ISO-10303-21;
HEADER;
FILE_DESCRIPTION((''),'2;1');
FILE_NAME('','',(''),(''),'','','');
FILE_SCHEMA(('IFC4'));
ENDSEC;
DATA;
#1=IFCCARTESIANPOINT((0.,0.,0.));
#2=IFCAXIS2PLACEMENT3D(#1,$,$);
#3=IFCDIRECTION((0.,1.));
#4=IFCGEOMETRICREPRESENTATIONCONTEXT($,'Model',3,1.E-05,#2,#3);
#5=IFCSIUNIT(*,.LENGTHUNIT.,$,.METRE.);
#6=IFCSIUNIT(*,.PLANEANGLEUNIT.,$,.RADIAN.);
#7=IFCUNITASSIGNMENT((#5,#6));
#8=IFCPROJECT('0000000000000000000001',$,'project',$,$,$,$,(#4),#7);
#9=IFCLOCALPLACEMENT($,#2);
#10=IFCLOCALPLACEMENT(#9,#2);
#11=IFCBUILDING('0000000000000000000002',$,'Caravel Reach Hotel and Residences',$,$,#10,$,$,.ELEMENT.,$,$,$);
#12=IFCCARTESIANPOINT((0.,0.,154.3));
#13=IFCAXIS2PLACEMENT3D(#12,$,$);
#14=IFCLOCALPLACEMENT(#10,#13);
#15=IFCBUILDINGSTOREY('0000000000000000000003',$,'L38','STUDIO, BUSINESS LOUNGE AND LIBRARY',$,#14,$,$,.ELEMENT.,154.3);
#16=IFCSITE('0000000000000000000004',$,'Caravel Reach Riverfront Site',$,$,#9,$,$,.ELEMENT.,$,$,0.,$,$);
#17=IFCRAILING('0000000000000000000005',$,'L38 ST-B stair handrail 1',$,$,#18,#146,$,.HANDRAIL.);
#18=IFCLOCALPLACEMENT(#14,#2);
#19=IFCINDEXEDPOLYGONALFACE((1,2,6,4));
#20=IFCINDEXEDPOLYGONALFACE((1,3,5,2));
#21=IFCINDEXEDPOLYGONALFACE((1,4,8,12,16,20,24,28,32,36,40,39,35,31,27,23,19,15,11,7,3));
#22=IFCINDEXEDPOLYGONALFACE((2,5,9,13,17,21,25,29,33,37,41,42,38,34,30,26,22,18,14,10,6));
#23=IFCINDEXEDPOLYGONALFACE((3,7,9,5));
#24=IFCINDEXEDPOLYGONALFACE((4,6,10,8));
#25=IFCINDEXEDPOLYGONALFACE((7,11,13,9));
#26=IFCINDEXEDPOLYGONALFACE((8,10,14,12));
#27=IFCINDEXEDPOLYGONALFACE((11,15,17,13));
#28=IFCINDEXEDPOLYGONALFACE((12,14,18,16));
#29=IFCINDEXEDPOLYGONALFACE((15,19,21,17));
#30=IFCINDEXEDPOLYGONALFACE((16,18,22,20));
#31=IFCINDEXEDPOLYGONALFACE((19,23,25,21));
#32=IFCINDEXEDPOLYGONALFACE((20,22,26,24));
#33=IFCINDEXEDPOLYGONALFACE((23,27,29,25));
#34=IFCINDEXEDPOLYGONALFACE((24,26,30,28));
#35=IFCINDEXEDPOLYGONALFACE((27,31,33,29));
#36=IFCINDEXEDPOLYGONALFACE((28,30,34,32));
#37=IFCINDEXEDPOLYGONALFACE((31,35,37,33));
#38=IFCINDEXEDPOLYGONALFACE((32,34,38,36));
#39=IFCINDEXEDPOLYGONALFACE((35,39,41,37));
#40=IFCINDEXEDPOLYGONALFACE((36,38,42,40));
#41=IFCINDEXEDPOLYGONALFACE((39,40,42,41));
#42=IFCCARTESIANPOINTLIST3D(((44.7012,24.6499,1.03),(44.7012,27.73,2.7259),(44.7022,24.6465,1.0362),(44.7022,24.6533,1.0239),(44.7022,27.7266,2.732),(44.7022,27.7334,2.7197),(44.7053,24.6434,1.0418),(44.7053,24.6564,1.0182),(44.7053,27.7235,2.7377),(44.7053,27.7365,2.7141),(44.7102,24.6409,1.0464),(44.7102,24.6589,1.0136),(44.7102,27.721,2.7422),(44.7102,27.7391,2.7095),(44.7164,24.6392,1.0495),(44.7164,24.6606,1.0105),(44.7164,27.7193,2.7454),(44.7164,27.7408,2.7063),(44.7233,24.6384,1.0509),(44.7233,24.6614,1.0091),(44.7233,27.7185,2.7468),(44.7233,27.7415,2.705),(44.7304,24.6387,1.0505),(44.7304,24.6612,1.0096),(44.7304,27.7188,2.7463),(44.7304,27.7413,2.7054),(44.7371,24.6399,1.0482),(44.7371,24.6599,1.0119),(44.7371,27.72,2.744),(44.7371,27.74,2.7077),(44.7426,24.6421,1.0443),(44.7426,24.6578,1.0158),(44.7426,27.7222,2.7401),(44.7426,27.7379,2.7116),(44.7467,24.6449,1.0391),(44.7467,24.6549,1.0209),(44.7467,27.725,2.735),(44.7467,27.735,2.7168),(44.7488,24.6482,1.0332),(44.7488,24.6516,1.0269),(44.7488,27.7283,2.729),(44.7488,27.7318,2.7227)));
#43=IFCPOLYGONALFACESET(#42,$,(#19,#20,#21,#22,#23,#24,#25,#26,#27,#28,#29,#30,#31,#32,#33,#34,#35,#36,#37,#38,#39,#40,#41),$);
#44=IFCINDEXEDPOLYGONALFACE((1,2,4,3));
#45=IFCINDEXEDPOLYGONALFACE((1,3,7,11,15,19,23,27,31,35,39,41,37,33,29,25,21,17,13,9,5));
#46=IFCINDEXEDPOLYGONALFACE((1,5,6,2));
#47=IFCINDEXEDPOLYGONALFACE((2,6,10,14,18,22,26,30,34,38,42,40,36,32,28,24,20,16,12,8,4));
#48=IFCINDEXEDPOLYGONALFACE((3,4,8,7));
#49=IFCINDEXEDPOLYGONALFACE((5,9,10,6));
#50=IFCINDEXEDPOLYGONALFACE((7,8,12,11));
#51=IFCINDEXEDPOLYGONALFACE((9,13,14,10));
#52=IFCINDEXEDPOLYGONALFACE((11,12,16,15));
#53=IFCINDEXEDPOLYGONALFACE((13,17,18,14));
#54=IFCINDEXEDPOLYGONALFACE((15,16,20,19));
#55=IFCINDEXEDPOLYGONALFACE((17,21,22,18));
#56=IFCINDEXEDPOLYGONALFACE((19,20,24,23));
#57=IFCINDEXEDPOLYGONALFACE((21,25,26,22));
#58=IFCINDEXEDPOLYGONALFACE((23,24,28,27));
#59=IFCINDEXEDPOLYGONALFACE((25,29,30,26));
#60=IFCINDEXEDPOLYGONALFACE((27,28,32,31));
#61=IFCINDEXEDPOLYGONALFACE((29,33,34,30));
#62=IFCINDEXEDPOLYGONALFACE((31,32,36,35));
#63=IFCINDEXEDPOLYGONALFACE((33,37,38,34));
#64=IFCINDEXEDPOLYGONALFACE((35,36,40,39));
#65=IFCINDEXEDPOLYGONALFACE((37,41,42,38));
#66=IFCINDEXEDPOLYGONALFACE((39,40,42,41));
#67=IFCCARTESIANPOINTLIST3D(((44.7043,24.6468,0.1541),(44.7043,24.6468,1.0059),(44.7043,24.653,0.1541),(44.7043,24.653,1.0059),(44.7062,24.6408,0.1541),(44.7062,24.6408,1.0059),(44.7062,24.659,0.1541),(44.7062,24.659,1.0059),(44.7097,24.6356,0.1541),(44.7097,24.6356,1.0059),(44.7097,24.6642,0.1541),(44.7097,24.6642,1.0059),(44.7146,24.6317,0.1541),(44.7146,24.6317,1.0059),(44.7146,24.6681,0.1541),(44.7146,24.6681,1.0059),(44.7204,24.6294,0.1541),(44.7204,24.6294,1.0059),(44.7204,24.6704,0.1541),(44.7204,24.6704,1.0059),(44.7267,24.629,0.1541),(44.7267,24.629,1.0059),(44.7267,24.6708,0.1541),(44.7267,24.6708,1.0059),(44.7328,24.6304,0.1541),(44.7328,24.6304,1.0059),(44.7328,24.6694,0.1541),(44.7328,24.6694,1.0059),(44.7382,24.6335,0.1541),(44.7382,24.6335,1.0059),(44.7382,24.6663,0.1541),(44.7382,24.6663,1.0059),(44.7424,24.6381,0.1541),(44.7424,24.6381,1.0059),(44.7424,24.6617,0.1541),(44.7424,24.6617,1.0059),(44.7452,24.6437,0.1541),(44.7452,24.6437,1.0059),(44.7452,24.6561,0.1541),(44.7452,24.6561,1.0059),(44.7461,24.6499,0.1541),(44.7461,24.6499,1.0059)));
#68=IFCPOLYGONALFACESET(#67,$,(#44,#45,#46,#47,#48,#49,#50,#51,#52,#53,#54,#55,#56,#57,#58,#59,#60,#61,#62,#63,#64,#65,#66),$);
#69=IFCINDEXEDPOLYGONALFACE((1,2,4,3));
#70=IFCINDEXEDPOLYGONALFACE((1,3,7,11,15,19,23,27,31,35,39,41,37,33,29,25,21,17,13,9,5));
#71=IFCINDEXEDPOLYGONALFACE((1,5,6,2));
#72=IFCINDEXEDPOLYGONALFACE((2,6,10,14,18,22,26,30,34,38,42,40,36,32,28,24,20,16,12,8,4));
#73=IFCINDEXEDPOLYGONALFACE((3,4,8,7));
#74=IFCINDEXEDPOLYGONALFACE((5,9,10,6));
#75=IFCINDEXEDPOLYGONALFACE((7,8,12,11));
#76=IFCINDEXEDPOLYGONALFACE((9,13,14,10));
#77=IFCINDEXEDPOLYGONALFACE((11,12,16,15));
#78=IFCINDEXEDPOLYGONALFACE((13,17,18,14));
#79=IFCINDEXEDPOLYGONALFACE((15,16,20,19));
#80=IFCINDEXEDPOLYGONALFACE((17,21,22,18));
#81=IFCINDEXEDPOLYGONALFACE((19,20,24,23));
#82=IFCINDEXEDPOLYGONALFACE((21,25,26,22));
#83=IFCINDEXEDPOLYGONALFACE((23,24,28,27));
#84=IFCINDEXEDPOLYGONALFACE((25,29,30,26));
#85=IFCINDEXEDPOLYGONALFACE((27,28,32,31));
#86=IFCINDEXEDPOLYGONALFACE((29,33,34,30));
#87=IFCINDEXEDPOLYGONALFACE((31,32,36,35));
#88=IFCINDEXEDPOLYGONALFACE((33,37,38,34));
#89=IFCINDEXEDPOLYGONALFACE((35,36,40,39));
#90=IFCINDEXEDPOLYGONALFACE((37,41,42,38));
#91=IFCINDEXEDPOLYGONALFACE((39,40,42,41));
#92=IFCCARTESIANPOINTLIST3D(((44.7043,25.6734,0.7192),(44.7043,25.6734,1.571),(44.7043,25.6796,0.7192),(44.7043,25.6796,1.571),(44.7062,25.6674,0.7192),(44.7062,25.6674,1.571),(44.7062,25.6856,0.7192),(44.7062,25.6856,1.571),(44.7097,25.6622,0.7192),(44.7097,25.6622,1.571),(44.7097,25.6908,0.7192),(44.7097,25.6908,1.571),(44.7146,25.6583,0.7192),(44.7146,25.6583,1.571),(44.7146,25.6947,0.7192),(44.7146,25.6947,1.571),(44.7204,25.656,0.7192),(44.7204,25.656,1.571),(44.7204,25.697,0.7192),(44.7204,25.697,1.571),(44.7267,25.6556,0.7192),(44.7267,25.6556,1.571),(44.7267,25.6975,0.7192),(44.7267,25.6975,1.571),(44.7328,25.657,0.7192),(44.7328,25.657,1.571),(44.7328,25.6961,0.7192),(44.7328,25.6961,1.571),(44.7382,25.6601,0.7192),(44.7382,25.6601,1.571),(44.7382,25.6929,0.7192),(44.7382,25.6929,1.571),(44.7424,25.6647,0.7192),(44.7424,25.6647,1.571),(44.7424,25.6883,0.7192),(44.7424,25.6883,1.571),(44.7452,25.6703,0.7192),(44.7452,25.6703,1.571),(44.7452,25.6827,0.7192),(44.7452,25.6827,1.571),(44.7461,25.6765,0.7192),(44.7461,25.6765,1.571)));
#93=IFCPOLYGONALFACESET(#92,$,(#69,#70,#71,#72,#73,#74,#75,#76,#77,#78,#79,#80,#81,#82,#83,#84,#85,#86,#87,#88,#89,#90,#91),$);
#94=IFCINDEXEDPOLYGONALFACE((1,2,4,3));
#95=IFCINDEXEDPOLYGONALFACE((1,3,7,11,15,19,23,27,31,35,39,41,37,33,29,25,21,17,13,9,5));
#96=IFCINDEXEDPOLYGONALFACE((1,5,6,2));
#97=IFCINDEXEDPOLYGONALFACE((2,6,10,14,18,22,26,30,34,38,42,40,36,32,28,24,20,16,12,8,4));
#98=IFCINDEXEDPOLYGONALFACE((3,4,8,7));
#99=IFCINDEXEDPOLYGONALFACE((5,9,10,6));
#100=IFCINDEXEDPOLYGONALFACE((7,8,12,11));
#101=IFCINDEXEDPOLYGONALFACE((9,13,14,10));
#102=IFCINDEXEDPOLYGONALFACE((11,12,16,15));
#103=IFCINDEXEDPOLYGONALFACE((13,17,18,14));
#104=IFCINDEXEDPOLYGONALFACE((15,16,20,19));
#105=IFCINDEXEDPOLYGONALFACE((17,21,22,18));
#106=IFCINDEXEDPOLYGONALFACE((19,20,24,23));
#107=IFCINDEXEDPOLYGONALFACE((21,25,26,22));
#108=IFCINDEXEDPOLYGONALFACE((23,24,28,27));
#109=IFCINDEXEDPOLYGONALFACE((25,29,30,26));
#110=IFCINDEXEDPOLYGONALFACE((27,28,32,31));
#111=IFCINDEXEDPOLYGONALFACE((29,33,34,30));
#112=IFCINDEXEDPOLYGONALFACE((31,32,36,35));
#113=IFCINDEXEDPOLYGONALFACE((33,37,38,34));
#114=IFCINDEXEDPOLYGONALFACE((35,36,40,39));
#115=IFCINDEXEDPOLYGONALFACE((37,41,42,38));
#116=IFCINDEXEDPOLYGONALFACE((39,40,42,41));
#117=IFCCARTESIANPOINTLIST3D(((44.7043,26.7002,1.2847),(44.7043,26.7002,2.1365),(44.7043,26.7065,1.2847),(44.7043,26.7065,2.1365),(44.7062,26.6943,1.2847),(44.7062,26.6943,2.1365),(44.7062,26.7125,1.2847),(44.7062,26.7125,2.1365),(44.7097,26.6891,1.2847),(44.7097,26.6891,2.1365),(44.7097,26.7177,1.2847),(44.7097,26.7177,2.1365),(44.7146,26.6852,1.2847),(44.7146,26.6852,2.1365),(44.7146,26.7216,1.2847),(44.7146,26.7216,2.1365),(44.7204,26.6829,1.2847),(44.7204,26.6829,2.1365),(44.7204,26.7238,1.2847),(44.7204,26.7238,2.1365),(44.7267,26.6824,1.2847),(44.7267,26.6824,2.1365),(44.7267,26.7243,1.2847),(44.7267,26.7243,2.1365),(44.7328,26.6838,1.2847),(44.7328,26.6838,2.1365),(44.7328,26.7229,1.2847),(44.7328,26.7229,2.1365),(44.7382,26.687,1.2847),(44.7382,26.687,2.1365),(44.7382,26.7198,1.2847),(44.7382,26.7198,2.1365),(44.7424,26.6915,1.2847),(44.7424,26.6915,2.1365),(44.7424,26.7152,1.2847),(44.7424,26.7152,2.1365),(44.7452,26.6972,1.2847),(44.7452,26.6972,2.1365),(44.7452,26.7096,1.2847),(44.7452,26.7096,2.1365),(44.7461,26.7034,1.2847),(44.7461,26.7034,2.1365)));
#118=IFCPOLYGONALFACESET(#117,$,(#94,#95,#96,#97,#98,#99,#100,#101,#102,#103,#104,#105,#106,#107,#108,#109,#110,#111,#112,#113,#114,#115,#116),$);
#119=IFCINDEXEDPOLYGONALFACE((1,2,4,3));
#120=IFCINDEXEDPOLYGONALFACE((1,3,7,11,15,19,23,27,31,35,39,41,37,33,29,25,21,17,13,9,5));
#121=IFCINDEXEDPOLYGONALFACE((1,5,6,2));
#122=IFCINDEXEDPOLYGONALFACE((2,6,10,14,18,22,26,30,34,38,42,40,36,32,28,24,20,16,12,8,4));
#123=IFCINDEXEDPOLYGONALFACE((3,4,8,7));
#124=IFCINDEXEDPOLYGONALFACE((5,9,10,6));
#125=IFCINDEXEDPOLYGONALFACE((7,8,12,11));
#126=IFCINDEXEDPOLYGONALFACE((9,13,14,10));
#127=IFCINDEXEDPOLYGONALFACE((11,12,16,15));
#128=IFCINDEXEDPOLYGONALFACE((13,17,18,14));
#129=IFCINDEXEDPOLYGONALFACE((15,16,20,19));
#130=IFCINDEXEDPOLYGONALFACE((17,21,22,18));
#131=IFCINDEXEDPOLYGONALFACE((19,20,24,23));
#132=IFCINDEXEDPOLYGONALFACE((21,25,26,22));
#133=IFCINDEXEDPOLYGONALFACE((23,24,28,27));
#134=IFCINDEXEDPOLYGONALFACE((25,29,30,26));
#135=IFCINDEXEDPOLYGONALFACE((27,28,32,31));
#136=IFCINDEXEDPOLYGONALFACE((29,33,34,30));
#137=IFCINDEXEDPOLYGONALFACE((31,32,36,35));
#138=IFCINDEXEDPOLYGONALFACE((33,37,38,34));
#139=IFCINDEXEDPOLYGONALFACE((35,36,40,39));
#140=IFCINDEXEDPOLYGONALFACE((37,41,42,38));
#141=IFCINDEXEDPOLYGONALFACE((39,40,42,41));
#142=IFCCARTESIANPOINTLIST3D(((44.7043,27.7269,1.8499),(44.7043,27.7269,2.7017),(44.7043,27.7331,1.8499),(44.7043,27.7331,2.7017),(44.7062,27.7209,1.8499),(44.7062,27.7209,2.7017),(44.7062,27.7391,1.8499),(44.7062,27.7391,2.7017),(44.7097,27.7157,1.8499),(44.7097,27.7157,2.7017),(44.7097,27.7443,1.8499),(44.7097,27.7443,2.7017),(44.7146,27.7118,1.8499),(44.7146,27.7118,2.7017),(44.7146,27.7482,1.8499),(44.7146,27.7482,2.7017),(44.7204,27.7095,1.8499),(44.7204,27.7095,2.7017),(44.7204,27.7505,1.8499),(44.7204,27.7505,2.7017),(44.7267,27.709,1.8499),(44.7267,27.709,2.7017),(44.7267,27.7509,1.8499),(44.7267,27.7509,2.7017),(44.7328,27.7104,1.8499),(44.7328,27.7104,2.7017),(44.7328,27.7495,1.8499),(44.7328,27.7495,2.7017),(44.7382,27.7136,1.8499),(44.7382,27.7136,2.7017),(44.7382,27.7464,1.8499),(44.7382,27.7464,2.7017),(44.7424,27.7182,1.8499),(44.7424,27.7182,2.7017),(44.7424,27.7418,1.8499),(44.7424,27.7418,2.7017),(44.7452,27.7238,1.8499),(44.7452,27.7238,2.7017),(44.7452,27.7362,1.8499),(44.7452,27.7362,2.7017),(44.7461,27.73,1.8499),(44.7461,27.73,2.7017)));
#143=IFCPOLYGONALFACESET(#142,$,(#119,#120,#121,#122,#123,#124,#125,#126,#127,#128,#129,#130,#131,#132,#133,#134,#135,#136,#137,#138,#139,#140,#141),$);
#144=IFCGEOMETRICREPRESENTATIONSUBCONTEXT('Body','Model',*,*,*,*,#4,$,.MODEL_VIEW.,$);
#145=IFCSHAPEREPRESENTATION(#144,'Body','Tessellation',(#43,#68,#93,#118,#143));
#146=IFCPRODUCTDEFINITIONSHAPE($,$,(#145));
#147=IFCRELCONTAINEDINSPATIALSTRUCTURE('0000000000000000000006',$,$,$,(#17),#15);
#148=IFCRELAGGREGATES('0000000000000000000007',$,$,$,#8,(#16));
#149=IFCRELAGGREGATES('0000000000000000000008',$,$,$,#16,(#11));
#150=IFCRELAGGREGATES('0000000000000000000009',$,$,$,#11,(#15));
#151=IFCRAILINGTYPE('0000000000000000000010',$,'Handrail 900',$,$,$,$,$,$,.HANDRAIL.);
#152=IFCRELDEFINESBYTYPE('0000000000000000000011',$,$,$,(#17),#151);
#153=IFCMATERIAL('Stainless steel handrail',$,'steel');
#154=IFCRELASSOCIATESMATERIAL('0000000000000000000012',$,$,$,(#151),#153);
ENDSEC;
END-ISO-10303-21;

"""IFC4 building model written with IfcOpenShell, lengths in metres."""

from ifc_helpers import new_model, si_unit, direction, frame, origin, origin_2d, place, context, subcontext, project, spatial, circle, extrude, material, type_object, element, save


model = new_model("IFC4")

# Units and contexts
model_context = context("Model", 3, precision=1e-05, world=origin(), true_north=direction((0.0, 1.0)))
body_context = subcontext(model_context, "Body", "Model", "MODEL_VIEW")
ifc_project = project(units=[si_unit("LENGTHUNIT", "METRE"), si_unit("PLANEANGLEUNIT", "RADIAN")], contexts=[model_context])

# Site, building, storey
site_placement = place(None, origin())
site = spatial("IfcSite", under=ifc_project, at=site_placement, Name="Caravel Reach Riverfront Site", CompositionType="ELEMENT", RefElevation=0.0)
building_placement = place(site_placement, origin())
building = spatial("IfcBuilding", under=site, at=building_placement, Name="Caravel Reach Hotel and Residences", CompositionType="ELEMENT")
storey_placement = place(building_placement, frame((0.0, 0.0, 154.3)))
storey = spatial("IfcBuildingStorey", under=building, at=storey_placement, Name="L38", Description="STUDIO, BUSINESS LOUNGE AND LIBRARY", CompositionType="ELEMENT", Elevation=154.3)

# Railing
ifc_material_1 = material(Name="Stainless steel handrail", Category="steel")
railing_type_1 = type_object("IfcRailingType", Name="Handrail 900", PredefinedType="HANDRAIL", material=ifc_material_1)
railing_1_placement = place(storey_placement, frame((44.7251, 24.6499, 0.1541)))
element("IfcRailing", 1, at=railing_1_placement, inside=storey, type_object=railing_type_1, Name="L38 ST-B stair handrail 1", PredefinedType="HANDRAIL", context=body_context, shape_type="SweptSolid", body=[
    extrude(circle(Radius=0.0239, at=origin_2d()), frame((0.0, 0.0, 0.876), z_axis=(0.0, 0.876005, 0.482303), x_axis=(-1.0, 0.0, 0.0)), (0.0, 0.0, 1.0), 3.5161),
    extrude(circle(Radius=0.021, at=origin_2d()), origin(), (0.0, 0.0, 1.0), 0.8518),
    extrude(circle(Radius=0.021, at=origin_2d()), frame((0.0, 1.0266, 0.5652)), (0.0, 0.0, 1.0), 0.8518),
    extrude(circle(Radius=0.021, at=origin_2d()), frame((0.0, 2.0535, 1.1306)), (0.0, 0.0, 1.0), 0.8518),
    extrude(circle(Radius=0.021, at=origin_2d()), frame((0.0, 3.0801, 1.6958)), (0.0, 0.0, 1.0), 0.8518),
])

save(model, "model.ifc")
